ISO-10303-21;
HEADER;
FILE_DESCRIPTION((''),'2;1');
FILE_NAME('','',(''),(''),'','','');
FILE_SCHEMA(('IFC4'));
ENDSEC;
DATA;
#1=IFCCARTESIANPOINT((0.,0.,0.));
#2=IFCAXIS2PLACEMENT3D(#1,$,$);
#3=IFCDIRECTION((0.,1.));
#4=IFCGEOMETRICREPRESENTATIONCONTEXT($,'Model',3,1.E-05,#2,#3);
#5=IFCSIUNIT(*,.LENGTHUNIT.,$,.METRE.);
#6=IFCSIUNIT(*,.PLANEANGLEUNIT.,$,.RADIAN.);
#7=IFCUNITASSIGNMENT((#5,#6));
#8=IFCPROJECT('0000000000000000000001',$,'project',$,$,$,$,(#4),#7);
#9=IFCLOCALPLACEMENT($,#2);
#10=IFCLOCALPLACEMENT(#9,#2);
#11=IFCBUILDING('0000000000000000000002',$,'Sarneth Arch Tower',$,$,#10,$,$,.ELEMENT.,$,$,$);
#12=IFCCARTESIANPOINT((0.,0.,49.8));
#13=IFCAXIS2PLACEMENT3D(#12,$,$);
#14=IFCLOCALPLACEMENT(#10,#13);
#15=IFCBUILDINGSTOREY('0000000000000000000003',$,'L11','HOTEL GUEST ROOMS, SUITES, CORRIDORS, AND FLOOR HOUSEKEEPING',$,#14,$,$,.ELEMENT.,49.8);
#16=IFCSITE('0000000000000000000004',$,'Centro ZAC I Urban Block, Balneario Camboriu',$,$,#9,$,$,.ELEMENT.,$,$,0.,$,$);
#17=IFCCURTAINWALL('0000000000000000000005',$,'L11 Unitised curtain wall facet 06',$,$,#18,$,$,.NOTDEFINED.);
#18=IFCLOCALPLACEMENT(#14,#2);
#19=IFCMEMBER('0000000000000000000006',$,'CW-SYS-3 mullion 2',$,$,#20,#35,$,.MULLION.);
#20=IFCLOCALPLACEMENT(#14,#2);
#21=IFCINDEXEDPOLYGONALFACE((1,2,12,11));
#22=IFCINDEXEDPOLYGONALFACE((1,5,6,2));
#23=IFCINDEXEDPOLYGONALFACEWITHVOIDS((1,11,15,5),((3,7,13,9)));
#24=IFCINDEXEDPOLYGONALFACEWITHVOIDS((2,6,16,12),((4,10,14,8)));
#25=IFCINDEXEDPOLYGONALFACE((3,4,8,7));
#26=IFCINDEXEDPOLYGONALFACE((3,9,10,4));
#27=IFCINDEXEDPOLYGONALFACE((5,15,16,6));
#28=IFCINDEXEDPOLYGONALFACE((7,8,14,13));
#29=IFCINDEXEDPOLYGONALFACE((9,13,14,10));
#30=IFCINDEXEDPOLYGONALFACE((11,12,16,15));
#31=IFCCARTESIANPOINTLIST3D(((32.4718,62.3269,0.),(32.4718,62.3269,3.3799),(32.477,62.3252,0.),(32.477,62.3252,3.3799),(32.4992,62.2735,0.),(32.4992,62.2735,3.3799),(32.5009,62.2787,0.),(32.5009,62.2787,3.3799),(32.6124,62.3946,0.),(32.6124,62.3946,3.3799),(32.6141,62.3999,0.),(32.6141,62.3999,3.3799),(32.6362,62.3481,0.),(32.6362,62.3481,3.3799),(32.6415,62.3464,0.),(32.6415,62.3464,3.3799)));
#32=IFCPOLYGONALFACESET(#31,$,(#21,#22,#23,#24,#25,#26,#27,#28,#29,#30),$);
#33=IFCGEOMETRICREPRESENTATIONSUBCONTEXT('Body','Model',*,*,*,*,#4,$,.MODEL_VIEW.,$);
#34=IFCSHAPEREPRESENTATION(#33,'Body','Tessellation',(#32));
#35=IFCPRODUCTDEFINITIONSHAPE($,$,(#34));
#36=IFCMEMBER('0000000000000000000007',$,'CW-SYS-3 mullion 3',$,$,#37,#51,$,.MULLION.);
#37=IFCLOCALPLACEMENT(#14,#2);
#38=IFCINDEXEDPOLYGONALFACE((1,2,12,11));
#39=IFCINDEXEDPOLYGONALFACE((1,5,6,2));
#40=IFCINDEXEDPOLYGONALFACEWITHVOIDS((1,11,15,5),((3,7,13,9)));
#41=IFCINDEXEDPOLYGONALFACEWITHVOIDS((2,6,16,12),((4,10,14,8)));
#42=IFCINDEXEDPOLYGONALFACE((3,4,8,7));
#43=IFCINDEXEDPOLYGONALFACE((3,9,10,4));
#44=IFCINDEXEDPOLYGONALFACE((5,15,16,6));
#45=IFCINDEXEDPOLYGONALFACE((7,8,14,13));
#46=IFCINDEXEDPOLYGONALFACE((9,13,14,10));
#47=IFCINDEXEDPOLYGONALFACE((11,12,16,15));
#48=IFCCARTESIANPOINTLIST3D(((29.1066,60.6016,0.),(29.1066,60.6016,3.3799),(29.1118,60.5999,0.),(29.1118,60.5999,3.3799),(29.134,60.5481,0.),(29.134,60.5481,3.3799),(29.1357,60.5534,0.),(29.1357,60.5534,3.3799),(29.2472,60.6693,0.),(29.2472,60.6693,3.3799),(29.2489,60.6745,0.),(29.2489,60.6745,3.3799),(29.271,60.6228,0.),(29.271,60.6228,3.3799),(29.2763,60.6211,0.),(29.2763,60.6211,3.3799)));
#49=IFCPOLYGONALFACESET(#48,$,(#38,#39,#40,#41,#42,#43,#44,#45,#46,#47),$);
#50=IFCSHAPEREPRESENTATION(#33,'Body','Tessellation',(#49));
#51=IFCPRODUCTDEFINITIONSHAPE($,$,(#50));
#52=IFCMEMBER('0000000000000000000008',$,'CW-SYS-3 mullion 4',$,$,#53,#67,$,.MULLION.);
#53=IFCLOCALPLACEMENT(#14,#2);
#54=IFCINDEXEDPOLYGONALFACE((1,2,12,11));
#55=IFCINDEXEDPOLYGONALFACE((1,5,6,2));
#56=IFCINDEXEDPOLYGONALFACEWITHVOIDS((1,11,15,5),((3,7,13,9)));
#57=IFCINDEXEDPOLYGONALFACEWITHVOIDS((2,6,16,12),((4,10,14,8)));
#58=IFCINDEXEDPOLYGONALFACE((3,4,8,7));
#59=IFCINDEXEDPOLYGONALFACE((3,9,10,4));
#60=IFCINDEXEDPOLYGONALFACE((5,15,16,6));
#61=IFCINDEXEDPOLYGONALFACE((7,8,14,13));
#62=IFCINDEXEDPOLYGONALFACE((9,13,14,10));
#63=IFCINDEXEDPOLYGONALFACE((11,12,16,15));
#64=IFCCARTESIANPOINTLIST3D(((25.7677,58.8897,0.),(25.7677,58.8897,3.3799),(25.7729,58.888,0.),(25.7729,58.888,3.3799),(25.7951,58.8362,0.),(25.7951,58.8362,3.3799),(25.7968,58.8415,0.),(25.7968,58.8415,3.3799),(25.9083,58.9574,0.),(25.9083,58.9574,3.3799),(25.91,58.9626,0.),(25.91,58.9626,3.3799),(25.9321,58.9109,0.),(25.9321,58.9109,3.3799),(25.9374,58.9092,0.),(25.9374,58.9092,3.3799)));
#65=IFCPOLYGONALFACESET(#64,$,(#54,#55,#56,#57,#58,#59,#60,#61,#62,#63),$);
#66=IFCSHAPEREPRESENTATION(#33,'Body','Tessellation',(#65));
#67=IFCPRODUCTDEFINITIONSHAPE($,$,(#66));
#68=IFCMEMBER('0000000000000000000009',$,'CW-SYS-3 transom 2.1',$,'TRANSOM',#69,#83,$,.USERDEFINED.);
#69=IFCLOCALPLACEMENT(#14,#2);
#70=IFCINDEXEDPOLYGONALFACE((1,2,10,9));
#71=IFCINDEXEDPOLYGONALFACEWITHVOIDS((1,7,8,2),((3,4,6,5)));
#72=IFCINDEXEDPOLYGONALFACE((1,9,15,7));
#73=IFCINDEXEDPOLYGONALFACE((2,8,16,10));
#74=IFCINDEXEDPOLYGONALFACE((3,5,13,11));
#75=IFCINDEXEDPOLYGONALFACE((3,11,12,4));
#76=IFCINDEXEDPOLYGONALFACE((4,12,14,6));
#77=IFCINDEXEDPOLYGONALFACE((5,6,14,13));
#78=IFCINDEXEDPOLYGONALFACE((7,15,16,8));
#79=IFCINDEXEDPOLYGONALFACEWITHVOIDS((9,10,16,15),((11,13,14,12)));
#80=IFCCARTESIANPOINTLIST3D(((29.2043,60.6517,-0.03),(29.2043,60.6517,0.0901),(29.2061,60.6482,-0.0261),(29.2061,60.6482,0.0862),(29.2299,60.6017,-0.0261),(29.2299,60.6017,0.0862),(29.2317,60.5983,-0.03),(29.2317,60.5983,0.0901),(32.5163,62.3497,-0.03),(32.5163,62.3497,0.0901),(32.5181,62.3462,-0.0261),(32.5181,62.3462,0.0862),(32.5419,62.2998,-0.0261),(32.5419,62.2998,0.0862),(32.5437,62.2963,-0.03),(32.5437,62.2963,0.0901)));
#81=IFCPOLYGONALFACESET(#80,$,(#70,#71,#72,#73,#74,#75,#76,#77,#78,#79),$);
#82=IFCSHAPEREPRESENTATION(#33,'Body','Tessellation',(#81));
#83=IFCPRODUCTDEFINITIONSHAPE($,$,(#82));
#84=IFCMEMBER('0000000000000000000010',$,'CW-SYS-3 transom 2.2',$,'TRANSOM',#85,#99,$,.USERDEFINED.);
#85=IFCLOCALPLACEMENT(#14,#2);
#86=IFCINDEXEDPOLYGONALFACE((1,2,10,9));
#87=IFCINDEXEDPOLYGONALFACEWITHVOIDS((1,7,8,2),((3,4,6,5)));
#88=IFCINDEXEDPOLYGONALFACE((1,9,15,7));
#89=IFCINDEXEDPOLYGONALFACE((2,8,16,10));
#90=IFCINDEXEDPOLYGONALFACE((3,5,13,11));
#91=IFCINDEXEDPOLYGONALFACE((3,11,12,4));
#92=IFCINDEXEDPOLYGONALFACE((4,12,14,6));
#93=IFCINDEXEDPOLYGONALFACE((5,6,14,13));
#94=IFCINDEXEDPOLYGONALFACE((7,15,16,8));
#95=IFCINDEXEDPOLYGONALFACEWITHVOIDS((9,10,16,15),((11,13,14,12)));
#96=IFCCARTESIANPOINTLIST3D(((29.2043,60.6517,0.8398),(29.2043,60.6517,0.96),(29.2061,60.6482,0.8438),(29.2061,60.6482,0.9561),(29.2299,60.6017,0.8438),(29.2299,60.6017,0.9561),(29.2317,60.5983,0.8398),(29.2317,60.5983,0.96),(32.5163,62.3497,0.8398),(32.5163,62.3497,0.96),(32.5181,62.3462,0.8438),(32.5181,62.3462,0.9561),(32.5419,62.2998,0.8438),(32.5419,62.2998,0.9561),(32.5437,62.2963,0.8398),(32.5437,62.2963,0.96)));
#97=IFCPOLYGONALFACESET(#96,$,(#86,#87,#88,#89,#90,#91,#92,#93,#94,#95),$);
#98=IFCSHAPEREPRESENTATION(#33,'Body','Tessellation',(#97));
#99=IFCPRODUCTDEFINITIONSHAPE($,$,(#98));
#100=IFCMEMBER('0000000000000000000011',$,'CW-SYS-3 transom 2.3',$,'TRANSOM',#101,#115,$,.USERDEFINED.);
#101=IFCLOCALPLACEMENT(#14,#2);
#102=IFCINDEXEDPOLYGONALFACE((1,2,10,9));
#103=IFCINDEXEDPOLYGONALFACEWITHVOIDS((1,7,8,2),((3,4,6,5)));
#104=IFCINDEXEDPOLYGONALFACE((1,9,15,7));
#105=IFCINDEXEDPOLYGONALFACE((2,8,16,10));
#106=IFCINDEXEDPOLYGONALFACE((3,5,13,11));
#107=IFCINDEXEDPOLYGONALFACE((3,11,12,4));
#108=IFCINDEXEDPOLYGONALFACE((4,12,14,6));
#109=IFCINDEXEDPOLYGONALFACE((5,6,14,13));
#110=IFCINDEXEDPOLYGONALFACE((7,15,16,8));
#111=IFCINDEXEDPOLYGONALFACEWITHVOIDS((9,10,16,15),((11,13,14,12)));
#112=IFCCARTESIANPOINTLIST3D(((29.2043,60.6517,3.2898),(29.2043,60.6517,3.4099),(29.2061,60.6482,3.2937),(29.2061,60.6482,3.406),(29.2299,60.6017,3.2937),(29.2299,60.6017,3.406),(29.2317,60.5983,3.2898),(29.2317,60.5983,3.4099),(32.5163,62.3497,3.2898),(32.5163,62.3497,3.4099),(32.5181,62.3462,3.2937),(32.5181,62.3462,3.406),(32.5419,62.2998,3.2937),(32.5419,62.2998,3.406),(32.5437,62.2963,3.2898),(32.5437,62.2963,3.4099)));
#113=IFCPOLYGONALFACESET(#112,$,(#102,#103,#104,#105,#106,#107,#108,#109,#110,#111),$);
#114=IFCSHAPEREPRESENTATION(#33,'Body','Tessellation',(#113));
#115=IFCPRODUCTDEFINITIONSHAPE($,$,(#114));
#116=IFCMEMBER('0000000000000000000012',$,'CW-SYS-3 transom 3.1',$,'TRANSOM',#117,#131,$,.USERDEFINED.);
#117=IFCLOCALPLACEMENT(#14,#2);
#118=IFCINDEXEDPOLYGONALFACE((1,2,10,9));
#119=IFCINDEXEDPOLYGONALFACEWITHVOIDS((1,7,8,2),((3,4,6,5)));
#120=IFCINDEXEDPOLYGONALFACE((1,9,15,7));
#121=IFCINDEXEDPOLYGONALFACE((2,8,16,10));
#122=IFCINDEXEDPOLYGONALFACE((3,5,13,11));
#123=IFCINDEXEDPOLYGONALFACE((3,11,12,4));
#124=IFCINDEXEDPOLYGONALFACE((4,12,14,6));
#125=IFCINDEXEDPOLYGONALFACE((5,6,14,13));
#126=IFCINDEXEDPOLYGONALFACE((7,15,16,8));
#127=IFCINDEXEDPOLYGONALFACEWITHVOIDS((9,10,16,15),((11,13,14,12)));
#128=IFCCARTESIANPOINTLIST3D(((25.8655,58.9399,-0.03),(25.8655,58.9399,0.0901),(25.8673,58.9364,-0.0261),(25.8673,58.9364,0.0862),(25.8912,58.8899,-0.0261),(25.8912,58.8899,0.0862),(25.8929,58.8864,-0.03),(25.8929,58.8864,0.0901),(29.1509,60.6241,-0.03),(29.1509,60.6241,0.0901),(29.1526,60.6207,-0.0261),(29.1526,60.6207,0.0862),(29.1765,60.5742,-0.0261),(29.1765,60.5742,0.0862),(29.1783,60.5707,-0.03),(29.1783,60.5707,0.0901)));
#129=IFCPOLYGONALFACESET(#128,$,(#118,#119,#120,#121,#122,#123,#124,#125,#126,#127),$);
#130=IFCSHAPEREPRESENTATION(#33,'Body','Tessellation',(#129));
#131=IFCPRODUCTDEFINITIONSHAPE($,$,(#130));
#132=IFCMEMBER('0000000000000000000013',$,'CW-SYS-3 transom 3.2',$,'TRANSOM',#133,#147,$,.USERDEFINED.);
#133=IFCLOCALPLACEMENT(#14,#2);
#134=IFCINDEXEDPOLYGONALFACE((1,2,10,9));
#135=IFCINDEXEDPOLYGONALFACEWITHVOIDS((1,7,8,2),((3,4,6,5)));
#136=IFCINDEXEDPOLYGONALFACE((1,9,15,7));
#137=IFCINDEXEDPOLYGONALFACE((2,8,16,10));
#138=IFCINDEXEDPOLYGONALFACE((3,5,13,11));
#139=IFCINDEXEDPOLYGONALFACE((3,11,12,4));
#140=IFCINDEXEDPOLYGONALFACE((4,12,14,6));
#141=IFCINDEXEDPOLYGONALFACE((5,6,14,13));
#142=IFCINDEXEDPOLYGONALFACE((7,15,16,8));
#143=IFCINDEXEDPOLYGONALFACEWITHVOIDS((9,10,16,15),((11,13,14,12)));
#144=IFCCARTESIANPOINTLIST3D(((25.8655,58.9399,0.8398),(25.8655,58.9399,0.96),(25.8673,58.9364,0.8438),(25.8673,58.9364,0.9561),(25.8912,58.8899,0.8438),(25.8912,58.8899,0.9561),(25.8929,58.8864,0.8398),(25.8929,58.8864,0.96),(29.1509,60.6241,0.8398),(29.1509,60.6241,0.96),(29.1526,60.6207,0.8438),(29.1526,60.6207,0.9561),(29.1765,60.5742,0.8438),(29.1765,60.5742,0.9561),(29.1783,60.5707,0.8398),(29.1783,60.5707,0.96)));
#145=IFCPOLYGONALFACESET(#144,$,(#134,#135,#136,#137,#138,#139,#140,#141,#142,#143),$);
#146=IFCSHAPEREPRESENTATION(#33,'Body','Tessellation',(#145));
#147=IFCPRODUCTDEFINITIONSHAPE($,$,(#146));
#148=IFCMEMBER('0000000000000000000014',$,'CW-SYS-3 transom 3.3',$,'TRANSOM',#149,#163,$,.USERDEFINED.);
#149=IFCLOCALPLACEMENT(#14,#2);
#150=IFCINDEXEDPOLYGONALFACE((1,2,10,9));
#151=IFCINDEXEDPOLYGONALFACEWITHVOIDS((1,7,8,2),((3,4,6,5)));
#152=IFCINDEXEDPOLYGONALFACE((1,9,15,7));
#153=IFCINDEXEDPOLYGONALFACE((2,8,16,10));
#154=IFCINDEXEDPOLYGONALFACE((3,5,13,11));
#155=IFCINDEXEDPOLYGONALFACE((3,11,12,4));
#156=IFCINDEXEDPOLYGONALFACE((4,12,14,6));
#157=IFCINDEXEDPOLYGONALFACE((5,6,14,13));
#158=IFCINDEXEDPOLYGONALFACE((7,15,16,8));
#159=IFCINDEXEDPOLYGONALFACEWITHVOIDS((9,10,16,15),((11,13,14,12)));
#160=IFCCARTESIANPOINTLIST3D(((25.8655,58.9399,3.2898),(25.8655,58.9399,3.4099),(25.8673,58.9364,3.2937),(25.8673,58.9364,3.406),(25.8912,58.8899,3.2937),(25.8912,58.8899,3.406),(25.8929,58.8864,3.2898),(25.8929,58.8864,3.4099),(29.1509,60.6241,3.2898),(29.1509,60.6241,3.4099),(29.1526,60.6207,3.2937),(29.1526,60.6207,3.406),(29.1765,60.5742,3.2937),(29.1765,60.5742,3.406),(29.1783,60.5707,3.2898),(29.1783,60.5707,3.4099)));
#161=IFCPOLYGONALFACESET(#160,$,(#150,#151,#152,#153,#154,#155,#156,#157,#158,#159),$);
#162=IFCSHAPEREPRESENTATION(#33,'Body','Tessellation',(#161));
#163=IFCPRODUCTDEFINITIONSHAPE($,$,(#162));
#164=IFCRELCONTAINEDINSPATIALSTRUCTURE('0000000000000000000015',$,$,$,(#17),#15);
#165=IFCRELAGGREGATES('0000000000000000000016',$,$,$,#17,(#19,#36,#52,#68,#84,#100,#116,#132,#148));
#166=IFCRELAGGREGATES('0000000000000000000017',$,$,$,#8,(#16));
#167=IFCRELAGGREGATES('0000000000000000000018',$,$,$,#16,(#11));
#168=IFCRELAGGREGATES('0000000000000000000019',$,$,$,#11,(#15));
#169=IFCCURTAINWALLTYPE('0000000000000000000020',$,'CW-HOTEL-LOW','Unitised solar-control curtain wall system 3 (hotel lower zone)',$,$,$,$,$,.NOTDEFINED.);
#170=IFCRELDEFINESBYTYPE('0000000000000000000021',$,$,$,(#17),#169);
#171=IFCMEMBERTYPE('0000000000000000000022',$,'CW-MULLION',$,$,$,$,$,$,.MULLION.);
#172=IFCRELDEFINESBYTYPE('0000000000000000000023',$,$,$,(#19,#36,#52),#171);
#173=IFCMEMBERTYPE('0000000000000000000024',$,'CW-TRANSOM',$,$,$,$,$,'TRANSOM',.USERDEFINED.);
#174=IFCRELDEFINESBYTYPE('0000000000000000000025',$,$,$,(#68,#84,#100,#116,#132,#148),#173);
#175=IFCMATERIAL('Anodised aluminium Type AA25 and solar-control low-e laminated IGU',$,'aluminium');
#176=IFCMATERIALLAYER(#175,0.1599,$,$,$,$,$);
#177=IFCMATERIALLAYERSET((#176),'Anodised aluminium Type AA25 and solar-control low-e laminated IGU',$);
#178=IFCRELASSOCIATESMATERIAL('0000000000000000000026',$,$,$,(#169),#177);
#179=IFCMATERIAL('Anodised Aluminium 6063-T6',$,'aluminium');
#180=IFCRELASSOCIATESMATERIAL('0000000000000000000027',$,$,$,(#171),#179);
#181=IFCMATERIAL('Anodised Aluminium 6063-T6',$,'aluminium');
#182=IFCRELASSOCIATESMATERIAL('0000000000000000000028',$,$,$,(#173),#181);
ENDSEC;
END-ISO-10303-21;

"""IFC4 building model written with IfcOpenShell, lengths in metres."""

from ifc_helpers import new_model, si_unit, direction, frame, origin, origin_2d, place, context, subcontext, project, spatial, hollow_rectangle, extrude, material, layer, layer_set, material_profile, profile_set, type_object, element, aggregate, save


model = new_model("IFC4")

# Units and contexts
model_context = context("Model", 3, precision=1e-05, world=origin(), true_north=direction((0.0, 1.0)))
body_context = subcontext(model_context, "Body", "Model", "MODEL_VIEW")
ifc_project = project(units=[si_unit("LENGTHUNIT", "METRE"), si_unit("PLANEANGLEUNIT", "RADIAN")], contexts=[model_context])

# Site, building, storey
site_placement = place(None, origin())
site = spatial("IfcSite", under=ifc_project, at=site_placement, Name="Centro ZAC I Urban Block, Balneario Camboriu", CompositionType="ELEMENT", RefElevation=0.0)
building_placement = place(site_placement, origin())
building = spatial("IfcBuilding", under=site, at=building_placement, Name="Sarneth Arch Tower", CompositionType="ELEMENT")
storey_placement = place(building_placement, frame((0.0, 0.0, 49.8)))
storey = spatial("IfcBuildingStorey", under=building, at=storey_placement, Name="L11", Description="HOTEL GUEST ROOMS, SUITES, CORRIDORS, AND FLOOR HOUSEKEEPING", CompositionType="ELEMENT", Elevation=49.8)

# Curtain wall, members
ifc_material_1 = material(Name="Anodised aluminium Type AA25 and solar-control low-e laminated IGU", Category="aluminium")
ifc_layer_1 = layer(ifc_material_1, 0.1599)
ifc_layer_set_1 = layer_set([ifc_layer_1], Name="Anodised aluminium Type AA25 and solar-control low-e laminated IGU")
curtain_wall_type = type_object("IfcCurtainWallType", Name="CW-HOTEL-LOW", Description="Unitised solar-control curtain wall system 3 (hotel lower zone)", PredefinedType="NOTDEFINED", material=ifc_layer_set_1)
curtain_wall_placement = place(storey_placement, origin())
curtain_wall = element("IfcCurtainWall", 1, at=curtain_wall_placement, inside=storey, type_object=curtain_wall_type, Name="L11 Unitised curtain wall facet 06", PredefinedType="NOTDEFINED")
ifc_material_2 = material(Name="Anodised Aluminium 6063-T6", Category="aluminium")
ifc_material_profile_1 = material_profile(ifc_material_2, hollow_rectangle(XDim=0.0601, YDim=0.1599, WallThickness=0.0039, at=origin_2d()), Name="AL-MULL-160x60x4")
ifc_profile_set_1 = profile_set([ifc_material_profile_1], Name="Anodised Aluminium 6063-T6")
member_type_1 = type_object("IfcMemberType", Name="CW-MULLION", PredefinedType="MULLION", material=ifc_profile_set_1)
member_1_placement = place(storey_placement, frame((32.5566, 62.3367, 0.0), z_axis=(0.0, 0.0, 1.0), x_axis=(0.456245, -0.889854, 0.0)))
member_1 = element("IfcMember", 2, at=member_1_placement, type_object=member_type_1, Name="CW-SYS-3 mullion 2", PredefinedType="MULLION", context=body_context, shape_type="SweptSolid", body=[
    extrude(hollow_rectangle(XDim=0.0601, YDim=0.1599, WallThickness=0.0039, at=origin_2d()), origin(), (0.0, 0.0, 1.0), 3.3799),
])
member_2_placement = place(storey_placement, frame((29.1914, 60.6113, 0.0), z_axis=(0.0, 0.0, 1.0), x_axis=(0.456245, -0.889854, 0.0)))
member_2 = element("IfcMember", 3, at=member_2_placement, type_object=member_type_1, Name="CW-SYS-3 mullion 3", PredefinedType="MULLION", context=body_context, shape_type="SweptSolid", body=[
    extrude(hollow_rectangle(XDim=0.0601, YDim=0.1599, WallThickness=0.0039, at=origin_2d()), origin(), (0.0, 0.0, 1.0), 3.3799),
])
member_3_placement = place(storey_placement, frame((25.8525, 58.8994, 0.0), z_axis=(0.0, 0.0, 1.0), x_axis=(0.456245, -0.889854, 0.0)))
member_3 = element("IfcMember", 4, at=member_3_placement, type_object=member_type_1, Name="CW-SYS-3 mullion 4", PredefinedType="MULLION", context=body_context, shape_type="SweptSolid", body=[
    extrude(hollow_rectangle(XDim=0.0601, YDim=0.1599, WallThickness=0.0039, at=origin_2d()), origin(), (0.0, 0.0, 1.0), 3.3799),
])
ifc_material_3 = material(Name="Anodised Aluminium 6063-T6", Category="aluminium")
ifc_material_profile_2 = material_profile(ifc_material_3, hollow_rectangle(XDim=0.0601, YDim=0.1201, WallThickness=0.0039, at=origin_2d()), Name="AL-TRAN-120x60x4")
ifc_profile_set_2 = profile_set([ifc_material_profile_2], Name="Anodised Aluminium 6063-T6")
member_type_2 = type_object("IfcMemberType", Name="CW-TRANSOM", ElementType="TRANSOM", PredefinedType="USERDEFINED", material=ifc_profile_set_2)
member_4_placement = place(storey_placement, frame((32.53, 62.323, 0.03), z_axis=(-0.889869, -0.456217, 0.0), x_axis=(0.456217, -0.889869, 0.0)))
member_4 = element("IfcMember", 5, at=member_4_placement, type_object=member_type_2, Name="CW-SYS-3 transom 2.1", ObjectType="TRANSOM", PredefinedType="USERDEFINED", context=body_context, shape_type="SweptSolid", body=[
    extrude(hollow_rectangle(XDim=0.0601, YDim=0.1201, WallThickness=0.0039, at=origin_2d()), origin(), (0.0, 0.0, 1.0), 3.7219),
])
member_5_placement = place(storey_placement, frame((32.53, 62.323, 0.8999), z_axis=(-0.889869, -0.456217, 0.0), x_axis=(0.456217, -0.889869, 0.0)))
member_5 = element("IfcMember", 6, at=member_5_placement, type_object=member_type_2, Name="CW-SYS-3 transom 2.2", ObjectType="TRANSOM", PredefinedType="USERDEFINED", context=body_context, shape_type="SweptSolid", body=[
    extrude(hollow_rectangle(XDim=0.0601, YDim=0.1201, WallThickness=0.0039, at=origin_2d()), origin(), (0.0, 0.0, 1.0), 3.7219),
])
member_6_placement = place(storey_placement, frame((32.53, 62.323, 3.3499), z_axis=(-0.889869, -0.456217, 0.0), x_axis=(0.456217, -0.889869, 0.0)))
member_6 = element("IfcMember", 7, at=member_6_placement, type_object=member_type_2, Name="CW-SYS-3 transom 2.3", ObjectType="TRANSOM", PredefinedType="USERDEFINED", context=body_context, shape_type="SweptSolid", body=[
    extrude(hollow_rectangle(XDim=0.0601, YDim=0.1201, WallThickness=0.0039, at=origin_2d()), origin(), (0.0, 0.0, 1.0), 3.7219),
])
member_7_placement = place(storey_placement, frame((29.1646, 60.5974, 0.03), z_axis=(-0.889872, -0.456211, 0.0), x_axis=(0.456211, -0.889872, 0.0)))
member_7 = element("IfcMember", 8, at=member_7_placement, type_object=member_type_2, Name="CW-SYS-3 transom 3.1", ObjectType="TRANSOM", PredefinedType="USERDEFINED", context=body_context, shape_type="SweptSolid", body=[
    extrude(hollow_rectangle(XDim=0.0601, YDim=0.1201, WallThickness=0.0039, at=origin_2d()), origin(), (0.0, 0.0, 1.0), 3.6919),
])
member_8_placement = place(storey_placement, frame((29.1646, 60.5974, 0.8999), z_axis=(-0.889872, -0.456211, 0.0), x_axis=(0.456211, -0.889872, 0.0)))
member_8 = element("IfcMember", 9, at=member_8_placement, type_object=member_type_2, Name="CW-SYS-3 transom 3.2", ObjectType="TRANSOM", PredefinedType="USERDEFINED", context=body_context, shape_type="SweptSolid", body=[
    extrude(hollow_rectangle(XDim=0.0601, YDim=0.1201, WallThickness=0.0039, at=origin_2d()), origin(), (0.0, 0.0, 1.0), 3.6919),
])
member_9_placement = place(storey_placement, frame((29.1646, 60.5974, 3.3499), z_axis=(-0.889872, -0.456211, 0.0), x_axis=(0.456211, -0.889872, 0.0)))
member_9 = element("IfcMember", 10, at=member_9_placement, type_object=member_type_2, Name="CW-SYS-3 transom 3.3", ObjectType="TRANSOM", PredefinedType="USERDEFINED", context=body_context, shape_type="SweptSolid", body=[
    extrude(hollow_rectangle(XDim=0.0601, YDim=0.1201, WallThickness=0.0039, at=origin_2d()), origin(), (0.0, 0.0, 1.0), 3.6919),
])

aggregate(curtain_wall, [member_1, member_2, member_3, member_4, member_5, member_6, member_7, member_8, member_9])

save(model, "model.ifc")
